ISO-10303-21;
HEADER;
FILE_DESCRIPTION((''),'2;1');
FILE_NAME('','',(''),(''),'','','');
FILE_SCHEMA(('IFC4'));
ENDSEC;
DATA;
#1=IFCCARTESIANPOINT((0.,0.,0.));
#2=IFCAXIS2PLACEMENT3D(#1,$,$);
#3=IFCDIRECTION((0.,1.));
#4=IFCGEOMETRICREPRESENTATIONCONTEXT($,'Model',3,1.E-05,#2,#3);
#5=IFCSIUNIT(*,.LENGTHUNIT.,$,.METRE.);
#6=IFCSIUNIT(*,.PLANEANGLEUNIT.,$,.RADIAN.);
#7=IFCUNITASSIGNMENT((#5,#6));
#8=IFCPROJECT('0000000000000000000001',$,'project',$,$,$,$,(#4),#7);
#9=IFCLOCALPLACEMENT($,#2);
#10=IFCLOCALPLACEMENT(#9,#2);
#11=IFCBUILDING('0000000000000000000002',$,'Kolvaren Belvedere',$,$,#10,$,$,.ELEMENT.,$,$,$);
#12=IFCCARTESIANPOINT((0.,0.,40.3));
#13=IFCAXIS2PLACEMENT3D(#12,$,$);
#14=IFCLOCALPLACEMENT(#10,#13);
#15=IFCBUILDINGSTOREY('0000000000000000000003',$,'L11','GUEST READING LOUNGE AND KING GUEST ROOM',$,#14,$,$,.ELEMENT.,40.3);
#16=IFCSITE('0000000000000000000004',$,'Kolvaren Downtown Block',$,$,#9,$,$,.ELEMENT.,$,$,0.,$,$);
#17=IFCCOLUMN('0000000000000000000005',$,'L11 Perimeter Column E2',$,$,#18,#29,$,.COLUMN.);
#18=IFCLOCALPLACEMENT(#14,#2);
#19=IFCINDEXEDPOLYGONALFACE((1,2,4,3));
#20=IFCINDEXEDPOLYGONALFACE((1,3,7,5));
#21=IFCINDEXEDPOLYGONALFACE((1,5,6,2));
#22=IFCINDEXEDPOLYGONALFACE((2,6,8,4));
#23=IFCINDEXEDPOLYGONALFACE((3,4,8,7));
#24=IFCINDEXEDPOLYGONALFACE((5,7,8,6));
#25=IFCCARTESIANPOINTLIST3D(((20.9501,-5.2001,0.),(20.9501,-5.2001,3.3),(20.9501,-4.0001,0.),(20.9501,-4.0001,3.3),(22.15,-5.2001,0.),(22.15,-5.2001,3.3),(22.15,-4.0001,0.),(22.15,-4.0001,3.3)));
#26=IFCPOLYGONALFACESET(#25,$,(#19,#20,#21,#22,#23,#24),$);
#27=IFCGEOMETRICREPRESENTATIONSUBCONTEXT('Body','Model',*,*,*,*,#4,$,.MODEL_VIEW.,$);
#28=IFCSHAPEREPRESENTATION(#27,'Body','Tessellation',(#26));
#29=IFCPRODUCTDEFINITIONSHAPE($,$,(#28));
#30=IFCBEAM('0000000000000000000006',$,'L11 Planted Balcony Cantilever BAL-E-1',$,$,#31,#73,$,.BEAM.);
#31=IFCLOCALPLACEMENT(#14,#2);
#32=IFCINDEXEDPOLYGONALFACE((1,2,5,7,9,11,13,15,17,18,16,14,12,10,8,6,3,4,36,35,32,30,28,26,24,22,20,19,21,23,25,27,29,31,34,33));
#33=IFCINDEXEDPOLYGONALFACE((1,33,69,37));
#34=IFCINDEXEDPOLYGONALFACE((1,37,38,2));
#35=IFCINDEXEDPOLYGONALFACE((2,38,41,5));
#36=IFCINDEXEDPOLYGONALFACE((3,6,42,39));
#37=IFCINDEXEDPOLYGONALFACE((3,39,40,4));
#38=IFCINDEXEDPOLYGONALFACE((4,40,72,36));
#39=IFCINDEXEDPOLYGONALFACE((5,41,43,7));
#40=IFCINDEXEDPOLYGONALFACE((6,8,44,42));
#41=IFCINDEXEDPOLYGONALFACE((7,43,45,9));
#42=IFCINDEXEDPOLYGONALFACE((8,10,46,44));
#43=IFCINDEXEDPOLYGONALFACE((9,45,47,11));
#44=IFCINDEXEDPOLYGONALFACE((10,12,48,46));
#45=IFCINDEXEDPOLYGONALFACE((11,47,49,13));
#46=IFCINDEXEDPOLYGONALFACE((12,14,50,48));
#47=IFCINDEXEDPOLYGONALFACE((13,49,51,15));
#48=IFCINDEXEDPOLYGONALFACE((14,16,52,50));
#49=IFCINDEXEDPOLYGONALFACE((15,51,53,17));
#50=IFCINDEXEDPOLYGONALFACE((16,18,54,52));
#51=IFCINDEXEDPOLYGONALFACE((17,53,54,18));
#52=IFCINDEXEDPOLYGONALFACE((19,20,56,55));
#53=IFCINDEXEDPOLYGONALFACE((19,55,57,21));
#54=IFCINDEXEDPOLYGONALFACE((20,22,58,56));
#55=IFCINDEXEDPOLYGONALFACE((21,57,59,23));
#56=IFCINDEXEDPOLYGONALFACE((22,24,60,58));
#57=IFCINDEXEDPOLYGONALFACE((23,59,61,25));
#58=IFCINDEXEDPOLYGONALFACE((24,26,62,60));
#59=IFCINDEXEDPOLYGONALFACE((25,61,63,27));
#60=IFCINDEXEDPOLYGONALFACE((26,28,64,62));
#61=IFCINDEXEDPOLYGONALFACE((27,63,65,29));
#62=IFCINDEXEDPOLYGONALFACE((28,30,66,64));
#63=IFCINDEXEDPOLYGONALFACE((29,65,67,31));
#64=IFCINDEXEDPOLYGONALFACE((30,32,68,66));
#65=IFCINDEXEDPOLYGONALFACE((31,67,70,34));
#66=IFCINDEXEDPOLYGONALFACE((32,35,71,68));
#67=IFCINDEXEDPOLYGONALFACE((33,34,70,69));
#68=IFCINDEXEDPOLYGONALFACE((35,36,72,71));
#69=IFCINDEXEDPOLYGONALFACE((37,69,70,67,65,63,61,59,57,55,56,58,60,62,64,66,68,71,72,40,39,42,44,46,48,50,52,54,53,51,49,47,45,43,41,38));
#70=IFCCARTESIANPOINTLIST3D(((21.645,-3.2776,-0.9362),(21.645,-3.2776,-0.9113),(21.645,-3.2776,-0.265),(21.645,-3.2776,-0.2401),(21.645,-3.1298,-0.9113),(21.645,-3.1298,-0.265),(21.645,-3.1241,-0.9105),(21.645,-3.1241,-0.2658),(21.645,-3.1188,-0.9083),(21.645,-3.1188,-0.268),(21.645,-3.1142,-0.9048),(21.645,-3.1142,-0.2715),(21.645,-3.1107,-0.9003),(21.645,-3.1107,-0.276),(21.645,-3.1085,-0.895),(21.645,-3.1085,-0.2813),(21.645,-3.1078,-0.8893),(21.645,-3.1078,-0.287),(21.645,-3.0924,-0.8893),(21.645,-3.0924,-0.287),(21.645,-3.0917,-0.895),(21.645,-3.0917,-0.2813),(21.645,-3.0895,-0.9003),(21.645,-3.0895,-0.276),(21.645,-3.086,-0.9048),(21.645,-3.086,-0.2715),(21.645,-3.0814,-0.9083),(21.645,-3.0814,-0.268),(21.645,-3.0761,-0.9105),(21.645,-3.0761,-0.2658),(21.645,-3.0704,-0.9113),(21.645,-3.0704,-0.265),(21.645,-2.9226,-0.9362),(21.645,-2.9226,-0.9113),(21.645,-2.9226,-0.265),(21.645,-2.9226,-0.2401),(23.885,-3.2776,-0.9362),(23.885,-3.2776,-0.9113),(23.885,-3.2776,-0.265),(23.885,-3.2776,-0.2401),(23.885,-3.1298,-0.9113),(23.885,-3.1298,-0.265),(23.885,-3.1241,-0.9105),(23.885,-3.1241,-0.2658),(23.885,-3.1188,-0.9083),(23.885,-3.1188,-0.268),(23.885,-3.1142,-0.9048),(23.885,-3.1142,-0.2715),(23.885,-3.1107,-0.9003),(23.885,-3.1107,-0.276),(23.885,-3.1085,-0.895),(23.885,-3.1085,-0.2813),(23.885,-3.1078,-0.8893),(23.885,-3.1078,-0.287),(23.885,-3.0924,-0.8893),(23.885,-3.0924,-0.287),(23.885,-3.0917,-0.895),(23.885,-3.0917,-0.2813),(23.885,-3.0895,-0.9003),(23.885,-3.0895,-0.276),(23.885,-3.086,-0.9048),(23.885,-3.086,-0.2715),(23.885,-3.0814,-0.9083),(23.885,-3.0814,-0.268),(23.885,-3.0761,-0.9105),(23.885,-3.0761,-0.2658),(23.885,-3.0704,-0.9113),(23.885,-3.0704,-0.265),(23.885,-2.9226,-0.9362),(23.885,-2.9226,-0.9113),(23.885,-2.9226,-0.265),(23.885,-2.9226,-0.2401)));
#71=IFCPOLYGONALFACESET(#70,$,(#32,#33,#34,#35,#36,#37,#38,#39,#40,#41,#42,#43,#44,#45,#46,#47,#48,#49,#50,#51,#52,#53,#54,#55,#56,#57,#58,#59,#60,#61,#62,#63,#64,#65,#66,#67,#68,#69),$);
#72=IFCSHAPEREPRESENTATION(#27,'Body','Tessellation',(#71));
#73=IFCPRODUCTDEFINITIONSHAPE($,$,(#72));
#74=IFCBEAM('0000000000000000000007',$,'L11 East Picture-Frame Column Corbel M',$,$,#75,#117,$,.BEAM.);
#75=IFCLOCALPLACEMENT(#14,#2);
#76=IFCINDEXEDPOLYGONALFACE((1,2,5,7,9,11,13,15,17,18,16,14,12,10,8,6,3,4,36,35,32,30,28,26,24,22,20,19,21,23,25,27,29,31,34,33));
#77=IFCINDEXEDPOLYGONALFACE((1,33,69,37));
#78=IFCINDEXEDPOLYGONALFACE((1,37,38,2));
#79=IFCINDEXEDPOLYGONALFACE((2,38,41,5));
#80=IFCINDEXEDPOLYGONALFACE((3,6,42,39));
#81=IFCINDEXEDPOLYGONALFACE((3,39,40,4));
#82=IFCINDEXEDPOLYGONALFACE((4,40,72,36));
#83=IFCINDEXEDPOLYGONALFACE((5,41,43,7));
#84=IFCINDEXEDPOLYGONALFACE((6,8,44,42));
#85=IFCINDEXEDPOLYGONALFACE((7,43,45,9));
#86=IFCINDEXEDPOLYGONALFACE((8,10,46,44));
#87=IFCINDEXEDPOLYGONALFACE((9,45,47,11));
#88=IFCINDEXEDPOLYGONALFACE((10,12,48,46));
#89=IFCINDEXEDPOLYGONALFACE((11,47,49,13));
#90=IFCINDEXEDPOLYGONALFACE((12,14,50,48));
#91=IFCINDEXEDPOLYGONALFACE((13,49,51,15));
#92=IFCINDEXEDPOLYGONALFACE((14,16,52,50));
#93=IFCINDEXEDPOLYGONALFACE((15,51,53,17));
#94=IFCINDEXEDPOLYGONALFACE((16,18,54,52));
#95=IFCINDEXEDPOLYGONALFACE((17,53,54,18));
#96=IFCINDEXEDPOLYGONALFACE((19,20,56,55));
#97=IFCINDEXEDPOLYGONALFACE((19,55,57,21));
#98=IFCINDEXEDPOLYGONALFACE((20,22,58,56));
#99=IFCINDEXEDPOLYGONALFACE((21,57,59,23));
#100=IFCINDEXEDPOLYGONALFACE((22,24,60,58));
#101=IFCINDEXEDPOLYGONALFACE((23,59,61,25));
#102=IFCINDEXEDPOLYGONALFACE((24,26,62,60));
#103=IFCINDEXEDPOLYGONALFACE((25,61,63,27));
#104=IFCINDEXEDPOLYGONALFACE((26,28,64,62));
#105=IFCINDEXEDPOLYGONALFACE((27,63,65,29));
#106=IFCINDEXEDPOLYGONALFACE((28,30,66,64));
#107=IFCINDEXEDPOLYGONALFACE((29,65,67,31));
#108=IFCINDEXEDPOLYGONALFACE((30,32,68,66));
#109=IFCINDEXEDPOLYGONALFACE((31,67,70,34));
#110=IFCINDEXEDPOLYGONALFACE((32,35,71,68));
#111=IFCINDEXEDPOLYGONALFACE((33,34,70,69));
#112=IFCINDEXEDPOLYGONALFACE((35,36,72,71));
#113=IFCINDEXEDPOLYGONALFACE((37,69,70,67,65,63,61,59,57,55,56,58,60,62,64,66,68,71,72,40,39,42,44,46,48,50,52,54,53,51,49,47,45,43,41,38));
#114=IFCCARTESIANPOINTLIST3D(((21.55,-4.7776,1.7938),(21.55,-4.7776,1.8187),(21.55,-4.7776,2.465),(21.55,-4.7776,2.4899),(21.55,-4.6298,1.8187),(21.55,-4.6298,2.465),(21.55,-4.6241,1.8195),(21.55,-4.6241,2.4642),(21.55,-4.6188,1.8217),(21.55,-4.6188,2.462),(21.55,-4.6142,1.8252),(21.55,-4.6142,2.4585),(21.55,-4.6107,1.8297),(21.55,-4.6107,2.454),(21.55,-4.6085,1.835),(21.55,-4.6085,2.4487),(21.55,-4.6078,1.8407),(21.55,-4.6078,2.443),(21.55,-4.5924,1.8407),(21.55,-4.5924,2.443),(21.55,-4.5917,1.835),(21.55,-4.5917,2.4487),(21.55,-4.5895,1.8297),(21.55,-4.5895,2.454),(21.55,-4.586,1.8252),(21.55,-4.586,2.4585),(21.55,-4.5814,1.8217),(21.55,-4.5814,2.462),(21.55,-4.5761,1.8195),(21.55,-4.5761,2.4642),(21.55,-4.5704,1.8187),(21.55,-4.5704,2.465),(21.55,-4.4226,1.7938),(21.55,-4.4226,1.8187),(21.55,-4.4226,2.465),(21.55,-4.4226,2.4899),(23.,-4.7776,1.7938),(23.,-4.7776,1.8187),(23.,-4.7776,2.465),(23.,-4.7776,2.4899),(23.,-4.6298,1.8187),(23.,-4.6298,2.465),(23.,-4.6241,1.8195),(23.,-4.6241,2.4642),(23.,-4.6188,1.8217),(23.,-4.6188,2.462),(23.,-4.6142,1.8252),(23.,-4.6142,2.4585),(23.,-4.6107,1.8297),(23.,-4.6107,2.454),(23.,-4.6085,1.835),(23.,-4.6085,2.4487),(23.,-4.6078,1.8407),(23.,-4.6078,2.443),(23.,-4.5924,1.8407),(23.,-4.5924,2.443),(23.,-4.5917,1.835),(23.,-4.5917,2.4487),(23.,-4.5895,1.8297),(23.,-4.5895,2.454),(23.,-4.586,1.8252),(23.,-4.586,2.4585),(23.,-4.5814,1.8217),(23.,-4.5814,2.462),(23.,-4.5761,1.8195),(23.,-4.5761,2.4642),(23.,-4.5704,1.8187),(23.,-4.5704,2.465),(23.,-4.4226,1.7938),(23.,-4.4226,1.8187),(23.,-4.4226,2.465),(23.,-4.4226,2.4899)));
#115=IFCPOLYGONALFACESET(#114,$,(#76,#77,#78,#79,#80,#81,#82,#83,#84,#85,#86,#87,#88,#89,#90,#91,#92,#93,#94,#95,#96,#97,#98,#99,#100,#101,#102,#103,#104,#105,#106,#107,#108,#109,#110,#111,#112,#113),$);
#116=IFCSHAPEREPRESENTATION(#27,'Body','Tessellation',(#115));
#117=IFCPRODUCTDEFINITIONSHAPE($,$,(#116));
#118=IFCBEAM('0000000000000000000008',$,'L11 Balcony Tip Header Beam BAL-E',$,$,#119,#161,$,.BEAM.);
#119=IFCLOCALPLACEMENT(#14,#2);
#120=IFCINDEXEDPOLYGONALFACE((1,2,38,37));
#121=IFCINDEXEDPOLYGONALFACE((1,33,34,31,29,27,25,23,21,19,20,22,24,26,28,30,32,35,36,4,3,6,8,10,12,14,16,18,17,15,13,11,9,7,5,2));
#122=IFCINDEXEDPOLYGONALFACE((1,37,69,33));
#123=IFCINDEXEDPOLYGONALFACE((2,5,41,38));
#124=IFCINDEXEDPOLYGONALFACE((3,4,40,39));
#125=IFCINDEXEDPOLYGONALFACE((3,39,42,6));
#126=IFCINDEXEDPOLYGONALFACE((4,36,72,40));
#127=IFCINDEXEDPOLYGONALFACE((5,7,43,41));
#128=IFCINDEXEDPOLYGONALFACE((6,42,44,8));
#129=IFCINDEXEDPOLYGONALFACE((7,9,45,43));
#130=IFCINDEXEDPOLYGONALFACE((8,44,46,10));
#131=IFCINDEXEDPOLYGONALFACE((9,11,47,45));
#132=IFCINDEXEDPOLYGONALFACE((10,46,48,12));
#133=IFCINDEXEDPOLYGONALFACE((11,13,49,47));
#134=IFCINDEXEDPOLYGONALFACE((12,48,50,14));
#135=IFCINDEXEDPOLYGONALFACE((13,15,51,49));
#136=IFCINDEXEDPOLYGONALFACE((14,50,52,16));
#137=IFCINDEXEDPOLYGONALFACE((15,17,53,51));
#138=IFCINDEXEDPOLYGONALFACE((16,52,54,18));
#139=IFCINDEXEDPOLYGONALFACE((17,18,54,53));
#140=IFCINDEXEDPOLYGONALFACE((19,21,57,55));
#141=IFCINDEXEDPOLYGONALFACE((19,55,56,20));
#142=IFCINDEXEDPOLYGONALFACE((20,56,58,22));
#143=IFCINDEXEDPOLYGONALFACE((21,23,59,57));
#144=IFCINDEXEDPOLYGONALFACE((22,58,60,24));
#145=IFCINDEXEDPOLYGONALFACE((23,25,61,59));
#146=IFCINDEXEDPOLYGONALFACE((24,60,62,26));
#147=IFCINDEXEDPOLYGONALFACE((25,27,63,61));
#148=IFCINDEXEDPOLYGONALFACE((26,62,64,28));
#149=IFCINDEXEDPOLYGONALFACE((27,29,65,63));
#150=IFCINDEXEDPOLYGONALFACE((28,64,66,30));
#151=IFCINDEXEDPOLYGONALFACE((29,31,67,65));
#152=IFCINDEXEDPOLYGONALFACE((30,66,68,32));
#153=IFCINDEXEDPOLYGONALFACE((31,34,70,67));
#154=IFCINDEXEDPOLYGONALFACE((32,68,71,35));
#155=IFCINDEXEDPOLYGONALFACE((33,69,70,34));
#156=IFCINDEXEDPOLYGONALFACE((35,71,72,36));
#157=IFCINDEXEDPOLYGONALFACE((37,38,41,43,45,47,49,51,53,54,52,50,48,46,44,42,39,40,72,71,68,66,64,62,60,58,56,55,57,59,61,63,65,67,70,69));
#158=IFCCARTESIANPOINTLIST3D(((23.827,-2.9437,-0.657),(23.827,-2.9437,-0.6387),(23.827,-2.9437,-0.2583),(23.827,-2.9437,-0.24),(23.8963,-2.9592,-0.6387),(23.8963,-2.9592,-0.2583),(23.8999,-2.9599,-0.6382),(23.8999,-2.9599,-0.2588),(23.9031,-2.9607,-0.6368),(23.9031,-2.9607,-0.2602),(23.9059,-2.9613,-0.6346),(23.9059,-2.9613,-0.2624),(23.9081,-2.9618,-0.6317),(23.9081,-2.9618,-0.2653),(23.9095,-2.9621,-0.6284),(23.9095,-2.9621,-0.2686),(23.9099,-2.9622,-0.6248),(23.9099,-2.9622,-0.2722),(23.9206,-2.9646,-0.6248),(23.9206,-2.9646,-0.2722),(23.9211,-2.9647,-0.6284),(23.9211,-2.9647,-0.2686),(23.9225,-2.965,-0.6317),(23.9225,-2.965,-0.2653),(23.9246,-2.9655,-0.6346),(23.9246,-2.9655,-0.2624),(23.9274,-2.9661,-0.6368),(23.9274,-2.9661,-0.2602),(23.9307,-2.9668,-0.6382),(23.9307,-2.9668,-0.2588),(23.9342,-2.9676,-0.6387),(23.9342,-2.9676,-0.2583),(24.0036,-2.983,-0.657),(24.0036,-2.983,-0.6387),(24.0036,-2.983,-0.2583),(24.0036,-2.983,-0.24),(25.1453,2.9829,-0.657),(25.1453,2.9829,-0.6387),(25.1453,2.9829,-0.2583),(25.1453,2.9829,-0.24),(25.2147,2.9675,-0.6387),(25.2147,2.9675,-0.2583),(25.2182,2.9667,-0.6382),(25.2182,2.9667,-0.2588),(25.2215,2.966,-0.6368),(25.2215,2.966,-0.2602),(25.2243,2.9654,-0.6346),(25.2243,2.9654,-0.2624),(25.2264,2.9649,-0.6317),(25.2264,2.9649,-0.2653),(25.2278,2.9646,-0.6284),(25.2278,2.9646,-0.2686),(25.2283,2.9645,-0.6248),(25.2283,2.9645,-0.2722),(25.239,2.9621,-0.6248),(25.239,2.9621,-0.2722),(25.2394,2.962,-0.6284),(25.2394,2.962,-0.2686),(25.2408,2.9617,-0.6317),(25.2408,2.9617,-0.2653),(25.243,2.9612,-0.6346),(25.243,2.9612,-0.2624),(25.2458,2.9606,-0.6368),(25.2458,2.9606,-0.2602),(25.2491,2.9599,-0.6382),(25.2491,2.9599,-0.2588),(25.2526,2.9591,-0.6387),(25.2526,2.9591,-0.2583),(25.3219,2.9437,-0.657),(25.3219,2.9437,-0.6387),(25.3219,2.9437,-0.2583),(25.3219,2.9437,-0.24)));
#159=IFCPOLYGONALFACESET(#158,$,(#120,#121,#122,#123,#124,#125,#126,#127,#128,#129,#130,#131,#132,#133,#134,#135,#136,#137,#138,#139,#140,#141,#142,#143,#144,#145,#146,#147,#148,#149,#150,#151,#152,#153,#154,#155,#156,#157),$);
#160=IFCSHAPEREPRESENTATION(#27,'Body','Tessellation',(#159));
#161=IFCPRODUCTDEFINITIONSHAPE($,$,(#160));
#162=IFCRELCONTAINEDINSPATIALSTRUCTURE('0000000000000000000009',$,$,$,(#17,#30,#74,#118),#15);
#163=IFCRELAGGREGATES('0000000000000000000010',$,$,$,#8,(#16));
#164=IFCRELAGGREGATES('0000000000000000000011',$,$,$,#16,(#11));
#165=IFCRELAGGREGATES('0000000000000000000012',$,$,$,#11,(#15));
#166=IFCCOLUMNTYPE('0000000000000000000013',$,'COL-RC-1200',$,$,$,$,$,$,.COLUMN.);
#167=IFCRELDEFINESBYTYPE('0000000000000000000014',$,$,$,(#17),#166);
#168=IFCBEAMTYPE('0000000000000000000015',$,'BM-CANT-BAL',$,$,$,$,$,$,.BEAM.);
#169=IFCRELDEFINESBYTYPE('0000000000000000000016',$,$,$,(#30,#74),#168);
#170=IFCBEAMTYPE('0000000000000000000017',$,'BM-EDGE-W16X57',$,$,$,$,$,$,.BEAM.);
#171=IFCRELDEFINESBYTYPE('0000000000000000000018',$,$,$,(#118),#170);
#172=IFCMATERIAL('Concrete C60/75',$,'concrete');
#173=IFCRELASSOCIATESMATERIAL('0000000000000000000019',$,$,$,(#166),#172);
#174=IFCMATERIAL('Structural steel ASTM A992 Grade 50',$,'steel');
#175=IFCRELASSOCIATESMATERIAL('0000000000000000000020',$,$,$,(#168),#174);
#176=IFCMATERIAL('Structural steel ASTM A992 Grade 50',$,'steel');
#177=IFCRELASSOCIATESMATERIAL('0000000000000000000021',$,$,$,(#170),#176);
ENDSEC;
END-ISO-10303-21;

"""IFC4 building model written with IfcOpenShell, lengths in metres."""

from ifc_helpers import new_model, si_unit, direction, frame, origin, origin_2d, place, context, subcontext, project, spatial, rectangle, i_section, extrude, material, material_profile, profile_set, type_object, element, save


model = new_model("IFC4")

# Units and contexts
model_context = context("Model", 3, precision=1e-05, world=origin(), true_north=direction((0.0, 1.0)))
body_context = subcontext(model_context, "Body", "Model", "MODEL_VIEW")
ifc_project = project(units=[si_unit("LENGTHUNIT", "METRE"), si_unit("PLANEANGLEUNIT", "RADIAN")], contexts=[model_context])

# Site, building, storey
site_placement = place(None, origin())
site = spatial("IfcSite", under=ifc_project, at=site_placement, Name="Kolvaren Downtown Block", CompositionType="ELEMENT", RefElevation=0.0)
building_placement = place(site_placement, origin())
building = spatial("IfcBuilding", under=site, at=building_placement, Name="Kolvaren Belvedere", CompositionType="ELEMENT")
storey_placement = place(building_placement, frame((0.0, 0.0, 40.3)))
storey = spatial("IfcBuildingStorey", under=building, at=storey_placement, Name="L11", Description="GUEST READING LOUNGE AND KING GUEST ROOM", CompositionType="ELEMENT", Elevation=40.3)

# Column
ifc_material_1 = material(Name="Concrete C60/75", Category="concrete")
ifc_material_profile_1 = material_profile(ifc_material_1, rectangle(XDim=1.2, YDim=1.2, at=origin_2d()), Name="RC 1200X1200")
ifc_profile_set_1 = profile_set([ifc_material_profile_1], Name="Concrete C60/75")
column_type = type_object("IfcColumnType", Name="COL-RC-1200", PredefinedType="COLUMN", material=ifc_profile_set_1)
column_placement = place(storey_placement, frame((21.55, -4.6001, 0.0), z_axis=(0.0, 0.0, 1.0), x_axis=(1.0, 0.0, 0.0)))
element("IfcColumn", 1, at=column_placement, inside=storey, type_object=column_type, Name="L11 Perimeter Column E2", PredefinedType="COLUMN", context=body_context, shape_type="SweptSolid", body=[
    extrude(rectangle(XDim=1.2, YDim=1.2, at=origin_2d()), origin(), (0.0, 0.0, 1.0), 3.3),
])

# Beams
ifc_material_2 = material(Name="Structural steel ASTM A992 Grade 50", Category="steel")
ifc_material_profile_2 = material_profile(ifc_material_2, i_section(OverallWidth=0.355, OverallDepth=0.696, WebThickness=0.0154, FlangeThickness=0.0249, FilletRadius=0.022, at=origin_2d()), Name="W27X146")
ifc_profile_set_2 = profile_set([ifc_material_profile_2], Name="Structural steel ASTM A992 Grade 50")
beam_type_1 = type_object("IfcBeamType", Name="BM-CANT-BAL", PredefinedType="BEAM", material=ifc_profile_set_2)
beam_1_placement = place(storey_placement, frame((21.645, -3.1001, -0.5881), z_axis=(1.0, 0.0, 0.0), x_axis=(0.0, 1.0, 0.0)))
element("IfcBeam", 2, at=beam_1_placement, inside=storey, type_object=beam_type_1, Name="L11 Planted Balcony Cantilever BAL-E-1", PredefinedType="BEAM", context=body_context, shape_type="SweptSolid", body=[
    extrude(i_section(OverallWidth=0.355, OverallDepth=0.696, WebThickness=0.0154, FlangeThickness=0.0249, FilletRadius=0.022, at=origin_2d()), origin(), (0.0, 0.0, 1.0), 2.24),
])
beam_2_placement = place(storey_placement, frame((21.55, -4.6001, 2.1418), z_axis=(1.0, 0.0, 0.0), x_axis=(0.0, 1.0, 0.0)))
element("IfcBeam", 3, at=beam_2_placement, inside=storey, type_object=beam_type_1, Name="L11 East Picture-Frame Column Corbel M", PredefinedType="BEAM", context=body_context, shape_type="SweptSolid", body=[
    extrude(i_section(OverallWidth=0.355, OverallDepth=0.696, WebThickness=0.0154, FlangeThickness=0.0249, FilletRadius=0.022, at=origin_2d()), origin(), (0.0, 0.0, 1.0), 1.45),
])
ifc_material_3 = material(Name="Structural steel ASTM A992 Grade 50", Category="steel")
ifc_material_profile_3 = material_profile(ifc_material_3, i_section(OverallWidth=0.1809, OverallDepth=0.417, WebThickness=0.011, FlangeThickness=0.0183, FilletRadius=0.0139, at=origin_2d()), Name="W16X57")
ifc_profile_set_3 = profile_set([ifc_material_profile_3], Name="Structural steel ASTM A992 Grade 50")
beam_type_2 = type_object("IfcBeamType", Name="BM-EDGE-W16X57", PredefinedType="BEAM", material=ifc_profile_set_3)
beam_3_placement = place(storey_placement, frame((23.9153, -2.9634, -0.4485), z_axis=(0.217135, 0.976142, 0.0), x_axis=(-0.976142, 0.217135, 0.0)))
element("IfcBeam", 4, at=beam_3_placement, inside=storey, type_object=beam_type_2, Name="L11 Balcony Tip Header Beam BAL-E", PredefinedType="BEAM", context=body_context, shape_type="SweptSolid", body=[
    extrude(i_section(OverallWidth=0.1809, OverallDepth=0.417, WebThickness=0.011, FlangeThickness=0.0183, FilletRadius=0.0139, at=origin_2d()), origin(), (0.0, 0.0, 1.0), 6.0715),
])

save(model, "model.ifc")
